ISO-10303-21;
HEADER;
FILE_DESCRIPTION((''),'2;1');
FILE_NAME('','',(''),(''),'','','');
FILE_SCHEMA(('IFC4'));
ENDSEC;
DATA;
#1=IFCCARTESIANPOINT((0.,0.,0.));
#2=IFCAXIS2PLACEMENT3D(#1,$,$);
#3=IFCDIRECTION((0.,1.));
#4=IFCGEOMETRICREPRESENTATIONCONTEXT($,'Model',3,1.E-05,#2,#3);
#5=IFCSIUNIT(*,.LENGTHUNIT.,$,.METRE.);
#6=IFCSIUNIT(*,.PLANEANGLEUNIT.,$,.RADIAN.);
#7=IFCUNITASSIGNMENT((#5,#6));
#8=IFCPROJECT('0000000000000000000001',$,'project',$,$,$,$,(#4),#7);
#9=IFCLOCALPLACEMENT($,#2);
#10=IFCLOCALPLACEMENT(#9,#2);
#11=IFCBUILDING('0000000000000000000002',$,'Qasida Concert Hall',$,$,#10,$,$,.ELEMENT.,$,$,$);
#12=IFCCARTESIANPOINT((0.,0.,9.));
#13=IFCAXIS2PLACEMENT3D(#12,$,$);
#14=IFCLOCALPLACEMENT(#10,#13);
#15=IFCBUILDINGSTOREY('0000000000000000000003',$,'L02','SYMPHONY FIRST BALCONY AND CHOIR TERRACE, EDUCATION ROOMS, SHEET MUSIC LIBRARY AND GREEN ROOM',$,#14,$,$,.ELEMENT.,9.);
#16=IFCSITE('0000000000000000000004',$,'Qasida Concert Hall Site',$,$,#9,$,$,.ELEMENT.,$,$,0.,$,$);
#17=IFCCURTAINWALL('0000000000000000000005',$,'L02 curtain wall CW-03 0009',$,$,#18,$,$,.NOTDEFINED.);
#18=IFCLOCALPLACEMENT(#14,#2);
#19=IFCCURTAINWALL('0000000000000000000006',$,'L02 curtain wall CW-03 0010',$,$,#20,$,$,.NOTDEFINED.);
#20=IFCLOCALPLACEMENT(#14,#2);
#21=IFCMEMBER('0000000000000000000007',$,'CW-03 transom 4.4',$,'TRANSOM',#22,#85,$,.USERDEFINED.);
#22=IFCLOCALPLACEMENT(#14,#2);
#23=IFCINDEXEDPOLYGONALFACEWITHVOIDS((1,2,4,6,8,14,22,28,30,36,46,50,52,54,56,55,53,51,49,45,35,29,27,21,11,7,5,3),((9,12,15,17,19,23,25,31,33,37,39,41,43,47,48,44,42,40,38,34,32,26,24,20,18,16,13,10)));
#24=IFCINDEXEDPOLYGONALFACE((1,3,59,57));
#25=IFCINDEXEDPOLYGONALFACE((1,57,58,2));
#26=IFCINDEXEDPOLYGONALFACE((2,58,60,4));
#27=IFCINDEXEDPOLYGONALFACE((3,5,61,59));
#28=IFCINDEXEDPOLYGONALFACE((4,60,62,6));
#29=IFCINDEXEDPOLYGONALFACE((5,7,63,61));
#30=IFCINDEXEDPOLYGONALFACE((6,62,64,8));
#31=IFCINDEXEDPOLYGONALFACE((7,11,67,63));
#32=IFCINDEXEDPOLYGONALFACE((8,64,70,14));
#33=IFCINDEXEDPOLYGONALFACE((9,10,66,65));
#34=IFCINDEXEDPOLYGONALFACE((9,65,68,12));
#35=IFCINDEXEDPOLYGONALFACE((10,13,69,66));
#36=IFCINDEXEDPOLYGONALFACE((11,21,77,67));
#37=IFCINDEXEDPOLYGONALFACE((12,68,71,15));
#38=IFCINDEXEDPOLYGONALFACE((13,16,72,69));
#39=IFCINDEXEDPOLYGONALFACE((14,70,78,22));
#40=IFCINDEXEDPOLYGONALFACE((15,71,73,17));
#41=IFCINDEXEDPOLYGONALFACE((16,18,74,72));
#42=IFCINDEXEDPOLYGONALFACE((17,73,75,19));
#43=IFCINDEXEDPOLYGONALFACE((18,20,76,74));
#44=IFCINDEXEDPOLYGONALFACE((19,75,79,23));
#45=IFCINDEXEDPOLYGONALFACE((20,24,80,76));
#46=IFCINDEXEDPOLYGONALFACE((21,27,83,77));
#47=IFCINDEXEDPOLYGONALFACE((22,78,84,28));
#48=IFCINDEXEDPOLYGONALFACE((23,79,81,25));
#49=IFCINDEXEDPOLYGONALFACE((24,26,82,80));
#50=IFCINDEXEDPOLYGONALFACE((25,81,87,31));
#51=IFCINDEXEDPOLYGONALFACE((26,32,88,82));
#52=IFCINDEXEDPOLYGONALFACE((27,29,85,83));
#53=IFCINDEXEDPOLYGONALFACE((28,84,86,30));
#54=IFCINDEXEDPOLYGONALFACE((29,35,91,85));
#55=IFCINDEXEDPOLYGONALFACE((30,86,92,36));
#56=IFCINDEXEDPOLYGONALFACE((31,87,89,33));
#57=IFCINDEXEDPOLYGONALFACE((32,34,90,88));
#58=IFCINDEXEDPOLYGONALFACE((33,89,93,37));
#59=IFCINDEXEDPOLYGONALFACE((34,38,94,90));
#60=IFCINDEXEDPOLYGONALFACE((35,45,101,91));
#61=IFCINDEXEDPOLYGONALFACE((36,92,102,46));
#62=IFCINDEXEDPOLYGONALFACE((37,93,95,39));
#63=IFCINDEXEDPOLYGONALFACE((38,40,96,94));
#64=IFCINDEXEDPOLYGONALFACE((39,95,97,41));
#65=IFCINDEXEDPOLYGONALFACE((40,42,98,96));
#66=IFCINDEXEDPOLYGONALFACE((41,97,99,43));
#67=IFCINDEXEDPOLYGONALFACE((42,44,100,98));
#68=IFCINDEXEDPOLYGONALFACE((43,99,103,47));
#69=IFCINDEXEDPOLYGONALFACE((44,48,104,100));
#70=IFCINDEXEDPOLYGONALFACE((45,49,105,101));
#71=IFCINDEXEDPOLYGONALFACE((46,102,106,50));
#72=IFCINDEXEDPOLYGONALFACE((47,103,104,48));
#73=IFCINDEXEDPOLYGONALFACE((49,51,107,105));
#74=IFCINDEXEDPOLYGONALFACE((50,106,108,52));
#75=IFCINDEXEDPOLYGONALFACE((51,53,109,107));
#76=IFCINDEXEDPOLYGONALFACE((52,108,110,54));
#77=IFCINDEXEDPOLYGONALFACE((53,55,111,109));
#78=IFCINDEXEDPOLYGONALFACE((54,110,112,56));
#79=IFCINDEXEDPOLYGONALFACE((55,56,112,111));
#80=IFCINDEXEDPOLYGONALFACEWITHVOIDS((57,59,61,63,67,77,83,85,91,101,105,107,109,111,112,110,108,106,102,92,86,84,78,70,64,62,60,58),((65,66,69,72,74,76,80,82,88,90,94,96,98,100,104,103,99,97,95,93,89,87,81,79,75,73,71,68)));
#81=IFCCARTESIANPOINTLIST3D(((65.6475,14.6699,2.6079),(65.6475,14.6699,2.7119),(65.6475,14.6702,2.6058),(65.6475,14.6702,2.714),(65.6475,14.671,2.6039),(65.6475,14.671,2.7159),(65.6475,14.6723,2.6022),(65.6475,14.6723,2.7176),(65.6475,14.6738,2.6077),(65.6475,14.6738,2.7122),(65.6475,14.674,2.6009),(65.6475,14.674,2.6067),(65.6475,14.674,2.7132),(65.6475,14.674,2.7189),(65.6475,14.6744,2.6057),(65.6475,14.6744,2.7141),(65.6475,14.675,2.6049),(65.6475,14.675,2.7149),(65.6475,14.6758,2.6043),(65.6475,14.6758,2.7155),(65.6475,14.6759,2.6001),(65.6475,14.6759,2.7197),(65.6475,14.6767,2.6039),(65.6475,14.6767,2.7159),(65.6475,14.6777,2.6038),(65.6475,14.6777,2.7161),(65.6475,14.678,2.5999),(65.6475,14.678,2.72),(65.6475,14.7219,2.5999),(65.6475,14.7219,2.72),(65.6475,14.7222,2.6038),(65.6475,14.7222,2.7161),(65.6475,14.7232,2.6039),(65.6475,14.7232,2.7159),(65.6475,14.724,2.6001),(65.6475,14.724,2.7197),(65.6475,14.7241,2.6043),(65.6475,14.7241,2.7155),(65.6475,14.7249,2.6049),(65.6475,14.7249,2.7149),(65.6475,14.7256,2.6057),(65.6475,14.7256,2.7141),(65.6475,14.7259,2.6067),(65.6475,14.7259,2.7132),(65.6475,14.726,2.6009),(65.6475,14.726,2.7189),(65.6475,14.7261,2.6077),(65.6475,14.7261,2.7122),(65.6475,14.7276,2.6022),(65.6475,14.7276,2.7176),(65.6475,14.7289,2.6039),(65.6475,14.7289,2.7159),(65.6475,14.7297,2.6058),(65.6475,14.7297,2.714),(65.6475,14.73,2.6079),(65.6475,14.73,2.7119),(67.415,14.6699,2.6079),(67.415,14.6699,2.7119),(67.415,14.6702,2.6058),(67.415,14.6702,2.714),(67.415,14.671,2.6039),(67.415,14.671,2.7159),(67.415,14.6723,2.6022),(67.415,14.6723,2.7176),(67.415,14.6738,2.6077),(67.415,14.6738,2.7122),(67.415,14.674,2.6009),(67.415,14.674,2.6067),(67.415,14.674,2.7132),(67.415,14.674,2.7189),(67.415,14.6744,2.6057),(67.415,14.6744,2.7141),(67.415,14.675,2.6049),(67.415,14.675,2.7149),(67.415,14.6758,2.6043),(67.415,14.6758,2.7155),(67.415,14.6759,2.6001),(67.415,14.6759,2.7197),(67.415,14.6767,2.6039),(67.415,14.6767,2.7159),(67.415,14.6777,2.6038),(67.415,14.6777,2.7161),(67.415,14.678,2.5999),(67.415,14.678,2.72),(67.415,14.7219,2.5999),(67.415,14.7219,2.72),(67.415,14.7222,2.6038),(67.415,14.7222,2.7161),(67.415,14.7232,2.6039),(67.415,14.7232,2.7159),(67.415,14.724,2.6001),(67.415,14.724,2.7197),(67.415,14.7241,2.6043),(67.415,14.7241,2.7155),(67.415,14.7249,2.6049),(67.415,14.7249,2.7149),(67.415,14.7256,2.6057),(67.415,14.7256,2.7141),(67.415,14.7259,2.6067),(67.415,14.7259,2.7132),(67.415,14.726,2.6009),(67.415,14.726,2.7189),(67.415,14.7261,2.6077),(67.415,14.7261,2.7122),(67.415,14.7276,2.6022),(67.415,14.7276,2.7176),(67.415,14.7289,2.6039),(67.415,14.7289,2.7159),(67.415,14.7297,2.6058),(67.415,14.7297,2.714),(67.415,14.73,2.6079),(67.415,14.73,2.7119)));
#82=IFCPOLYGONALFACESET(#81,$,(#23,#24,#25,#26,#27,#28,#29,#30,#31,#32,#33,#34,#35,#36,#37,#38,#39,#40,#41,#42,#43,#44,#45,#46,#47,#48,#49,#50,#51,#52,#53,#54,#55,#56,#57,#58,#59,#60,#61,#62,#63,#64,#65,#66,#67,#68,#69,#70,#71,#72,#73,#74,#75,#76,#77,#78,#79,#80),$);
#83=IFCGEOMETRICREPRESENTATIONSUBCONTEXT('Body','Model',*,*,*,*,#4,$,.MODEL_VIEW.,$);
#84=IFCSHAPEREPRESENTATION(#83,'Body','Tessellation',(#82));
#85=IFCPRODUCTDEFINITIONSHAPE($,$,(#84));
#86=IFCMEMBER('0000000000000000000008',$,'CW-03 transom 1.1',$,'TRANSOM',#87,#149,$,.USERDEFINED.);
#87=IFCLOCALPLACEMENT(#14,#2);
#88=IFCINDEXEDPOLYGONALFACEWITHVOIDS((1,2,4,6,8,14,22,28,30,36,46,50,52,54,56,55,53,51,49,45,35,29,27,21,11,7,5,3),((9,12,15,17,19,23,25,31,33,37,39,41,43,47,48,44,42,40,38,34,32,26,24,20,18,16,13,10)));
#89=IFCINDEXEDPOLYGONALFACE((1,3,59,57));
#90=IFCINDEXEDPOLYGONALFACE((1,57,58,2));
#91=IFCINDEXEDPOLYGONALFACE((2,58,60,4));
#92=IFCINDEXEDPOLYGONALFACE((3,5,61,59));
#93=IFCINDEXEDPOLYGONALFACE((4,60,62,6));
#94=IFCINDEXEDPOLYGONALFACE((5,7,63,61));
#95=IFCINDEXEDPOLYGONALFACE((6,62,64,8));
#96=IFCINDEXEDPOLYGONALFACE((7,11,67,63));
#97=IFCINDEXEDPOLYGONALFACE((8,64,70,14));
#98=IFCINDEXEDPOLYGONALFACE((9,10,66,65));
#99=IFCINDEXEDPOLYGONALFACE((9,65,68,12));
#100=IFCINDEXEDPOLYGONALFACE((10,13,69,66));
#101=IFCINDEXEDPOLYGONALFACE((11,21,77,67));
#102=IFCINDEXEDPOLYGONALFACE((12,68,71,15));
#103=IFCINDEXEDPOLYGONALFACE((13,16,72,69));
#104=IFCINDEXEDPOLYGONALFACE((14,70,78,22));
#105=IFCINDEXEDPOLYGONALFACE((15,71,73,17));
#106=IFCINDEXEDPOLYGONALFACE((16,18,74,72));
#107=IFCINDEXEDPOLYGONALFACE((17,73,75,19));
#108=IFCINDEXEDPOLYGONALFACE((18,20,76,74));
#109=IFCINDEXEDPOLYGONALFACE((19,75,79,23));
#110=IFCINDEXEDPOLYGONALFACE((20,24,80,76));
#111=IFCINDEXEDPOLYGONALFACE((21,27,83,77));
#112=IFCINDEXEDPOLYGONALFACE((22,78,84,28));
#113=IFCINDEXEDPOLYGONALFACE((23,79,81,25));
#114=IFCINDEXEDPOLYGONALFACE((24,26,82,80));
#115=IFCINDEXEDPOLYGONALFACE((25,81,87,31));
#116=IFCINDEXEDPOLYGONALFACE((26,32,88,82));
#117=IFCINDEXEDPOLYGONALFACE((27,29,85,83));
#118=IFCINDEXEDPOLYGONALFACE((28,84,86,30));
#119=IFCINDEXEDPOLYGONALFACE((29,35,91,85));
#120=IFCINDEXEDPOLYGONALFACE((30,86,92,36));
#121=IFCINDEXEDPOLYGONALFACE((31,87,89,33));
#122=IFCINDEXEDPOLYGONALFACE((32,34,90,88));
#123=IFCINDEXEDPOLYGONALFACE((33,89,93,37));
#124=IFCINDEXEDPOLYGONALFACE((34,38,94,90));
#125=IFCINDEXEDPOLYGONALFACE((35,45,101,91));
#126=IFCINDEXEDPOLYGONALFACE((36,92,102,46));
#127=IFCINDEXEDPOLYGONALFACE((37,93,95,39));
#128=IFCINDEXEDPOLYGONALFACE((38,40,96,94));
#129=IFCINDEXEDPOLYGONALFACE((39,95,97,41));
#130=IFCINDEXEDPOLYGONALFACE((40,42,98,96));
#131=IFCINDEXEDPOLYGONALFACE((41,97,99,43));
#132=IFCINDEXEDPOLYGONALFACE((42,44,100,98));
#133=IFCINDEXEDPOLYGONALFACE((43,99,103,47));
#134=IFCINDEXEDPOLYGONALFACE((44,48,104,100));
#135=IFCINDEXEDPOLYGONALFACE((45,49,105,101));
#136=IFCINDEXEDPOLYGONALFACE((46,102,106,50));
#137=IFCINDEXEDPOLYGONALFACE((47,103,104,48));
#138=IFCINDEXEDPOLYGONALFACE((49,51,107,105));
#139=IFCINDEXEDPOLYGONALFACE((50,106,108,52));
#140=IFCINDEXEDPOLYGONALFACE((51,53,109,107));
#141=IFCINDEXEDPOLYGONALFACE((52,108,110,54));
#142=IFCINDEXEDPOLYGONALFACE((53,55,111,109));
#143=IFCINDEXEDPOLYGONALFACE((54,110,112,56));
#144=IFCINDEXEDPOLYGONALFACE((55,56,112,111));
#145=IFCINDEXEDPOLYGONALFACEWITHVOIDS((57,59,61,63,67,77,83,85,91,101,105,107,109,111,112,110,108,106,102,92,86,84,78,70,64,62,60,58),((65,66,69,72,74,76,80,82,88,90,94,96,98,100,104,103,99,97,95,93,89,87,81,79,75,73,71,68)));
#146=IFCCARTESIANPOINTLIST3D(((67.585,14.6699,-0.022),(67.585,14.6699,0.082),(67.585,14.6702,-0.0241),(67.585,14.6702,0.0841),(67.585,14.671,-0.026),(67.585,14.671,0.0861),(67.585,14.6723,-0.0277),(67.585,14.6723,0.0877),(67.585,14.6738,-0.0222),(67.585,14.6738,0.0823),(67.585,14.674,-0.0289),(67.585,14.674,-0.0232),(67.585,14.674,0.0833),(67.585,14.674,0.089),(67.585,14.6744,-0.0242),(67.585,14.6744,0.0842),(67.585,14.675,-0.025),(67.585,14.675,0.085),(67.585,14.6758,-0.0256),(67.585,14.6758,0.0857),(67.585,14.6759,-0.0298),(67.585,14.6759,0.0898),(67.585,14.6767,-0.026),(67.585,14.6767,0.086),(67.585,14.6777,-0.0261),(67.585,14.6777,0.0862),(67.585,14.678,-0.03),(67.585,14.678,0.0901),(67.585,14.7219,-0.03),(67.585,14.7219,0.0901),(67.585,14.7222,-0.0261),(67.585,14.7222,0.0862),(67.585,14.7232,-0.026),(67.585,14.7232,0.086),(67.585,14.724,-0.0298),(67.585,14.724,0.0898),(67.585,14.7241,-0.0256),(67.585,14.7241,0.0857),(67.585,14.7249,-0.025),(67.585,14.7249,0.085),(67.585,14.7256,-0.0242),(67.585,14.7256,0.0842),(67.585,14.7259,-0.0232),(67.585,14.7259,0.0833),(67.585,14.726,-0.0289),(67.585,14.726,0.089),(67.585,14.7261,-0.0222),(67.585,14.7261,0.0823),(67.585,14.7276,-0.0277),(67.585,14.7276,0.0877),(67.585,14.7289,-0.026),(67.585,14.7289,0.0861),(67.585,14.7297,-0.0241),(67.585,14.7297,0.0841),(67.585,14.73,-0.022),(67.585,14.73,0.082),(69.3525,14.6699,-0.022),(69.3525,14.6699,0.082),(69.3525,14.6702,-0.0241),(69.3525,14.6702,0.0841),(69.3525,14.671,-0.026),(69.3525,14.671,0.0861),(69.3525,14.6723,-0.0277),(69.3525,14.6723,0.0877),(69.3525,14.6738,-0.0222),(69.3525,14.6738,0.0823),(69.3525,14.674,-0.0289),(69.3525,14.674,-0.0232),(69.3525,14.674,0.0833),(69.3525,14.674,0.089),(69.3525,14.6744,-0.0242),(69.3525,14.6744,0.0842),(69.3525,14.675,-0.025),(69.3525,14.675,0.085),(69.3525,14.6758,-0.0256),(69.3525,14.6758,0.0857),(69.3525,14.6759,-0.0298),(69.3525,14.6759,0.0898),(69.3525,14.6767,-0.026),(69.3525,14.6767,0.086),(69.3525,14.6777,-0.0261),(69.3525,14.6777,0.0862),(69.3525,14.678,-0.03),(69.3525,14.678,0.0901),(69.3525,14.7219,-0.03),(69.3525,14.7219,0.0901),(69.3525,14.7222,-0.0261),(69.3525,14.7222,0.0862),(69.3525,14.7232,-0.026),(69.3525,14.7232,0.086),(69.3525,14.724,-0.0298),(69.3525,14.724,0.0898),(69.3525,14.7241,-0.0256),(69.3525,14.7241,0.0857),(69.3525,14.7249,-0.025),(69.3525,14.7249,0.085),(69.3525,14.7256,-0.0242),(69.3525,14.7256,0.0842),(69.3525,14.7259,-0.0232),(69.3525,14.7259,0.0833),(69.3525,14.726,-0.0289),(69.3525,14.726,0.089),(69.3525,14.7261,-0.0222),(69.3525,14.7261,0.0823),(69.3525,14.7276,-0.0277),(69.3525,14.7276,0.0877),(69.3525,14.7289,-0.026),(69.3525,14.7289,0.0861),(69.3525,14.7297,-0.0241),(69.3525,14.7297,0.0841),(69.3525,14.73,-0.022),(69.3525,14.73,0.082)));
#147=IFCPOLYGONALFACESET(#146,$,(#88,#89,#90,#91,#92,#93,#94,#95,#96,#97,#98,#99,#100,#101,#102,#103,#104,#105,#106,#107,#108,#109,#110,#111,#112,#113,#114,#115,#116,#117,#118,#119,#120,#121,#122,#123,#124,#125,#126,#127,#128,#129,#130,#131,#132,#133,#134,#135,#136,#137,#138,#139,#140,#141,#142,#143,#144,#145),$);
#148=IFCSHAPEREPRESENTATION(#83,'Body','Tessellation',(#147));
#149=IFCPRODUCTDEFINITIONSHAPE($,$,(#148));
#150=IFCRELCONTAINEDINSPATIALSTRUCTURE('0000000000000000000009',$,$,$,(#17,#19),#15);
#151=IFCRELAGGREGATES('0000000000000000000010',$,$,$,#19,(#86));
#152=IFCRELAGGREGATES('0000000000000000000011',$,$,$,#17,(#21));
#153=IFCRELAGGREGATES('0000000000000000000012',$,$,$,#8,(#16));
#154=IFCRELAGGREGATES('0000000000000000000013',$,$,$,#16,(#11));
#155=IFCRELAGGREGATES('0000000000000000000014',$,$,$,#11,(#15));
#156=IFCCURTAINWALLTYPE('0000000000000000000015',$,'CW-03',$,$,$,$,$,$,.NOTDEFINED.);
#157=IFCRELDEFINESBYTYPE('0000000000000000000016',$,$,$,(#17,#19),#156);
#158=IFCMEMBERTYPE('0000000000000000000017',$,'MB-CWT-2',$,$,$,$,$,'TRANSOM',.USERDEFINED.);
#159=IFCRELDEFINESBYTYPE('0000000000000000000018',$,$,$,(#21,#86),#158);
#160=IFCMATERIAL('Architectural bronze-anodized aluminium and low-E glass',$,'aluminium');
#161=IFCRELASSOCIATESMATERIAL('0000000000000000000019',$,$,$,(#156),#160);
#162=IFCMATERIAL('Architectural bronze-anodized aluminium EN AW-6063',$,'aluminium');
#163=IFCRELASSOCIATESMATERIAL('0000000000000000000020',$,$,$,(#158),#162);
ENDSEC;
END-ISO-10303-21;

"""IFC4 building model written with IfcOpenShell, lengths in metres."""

from ifc_helpers import new_model, si_unit, direction, frame, origin, origin_2d, place, context, subcontext, project, spatial, hollow_rectangle, extrude, material, material_profile, profile_set, type_object, element, aggregate, save


model = new_model("IFC4")

# Units and contexts
model_context = context("Model", 3, precision=1e-05, world=origin(), true_north=direction((0.0, 1.0)))
body_context = subcontext(model_context, "Body", "Model", "MODEL_VIEW")
ifc_project = project(units=[si_unit("LENGTHUNIT", "METRE"), si_unit("PLANEANGLEUNIT", "RADIAN")], contexts=[model_context])

# Site, building, storey
site_placement = place(None, origin())
site = spatial("IfcSite", under=ifc_project, at=site_placement, Name="Qasida Concert Hall Site", CompositionType="ELEMENT", RefElevation=0.0)
building_placement = place(site_placement, origin())
building = spatial("IfcBuilding", under=site, at=building_placement, Name="Qasida Concert Hall", CompositionType="ELEMENT")
storey_placement = place(building_placement, frame((0.0, 0.0, 9.0)))
storey = spatial("IfcBuildingStorey", under=building, at=storey_placement, Name="L02", Description="SYMPHONY FIRST BALCONY AND CHOIR TERRACE, EDUCATION ROOMS, SHEET MUSIC LIBRARY AND GREEN ROOM", CompositionType="ELEMENT", Elevation=9.0)

# Curtain wall
ifc_material_1 = material(Name="Architectural bronze-anodized aluminium and low-E glass", Category="aluminium")
curtain_wall_type = type_object("IfcCurtainWallType", Name="CW-03", PredefinedType="NOTDEFINED", material=ifc_material_1)
curtain_wall_1_placement = place(storey_placement, origin())
curtain_wall_1 = element("IfcCurtainWall", 1, at=curtain_wall_1_placement, inside=storey, type_object=curtain_wall_type, Name="L02 curtain wall CW-03 0009", PredefinedType="NOTDEFINED")
ifc_material_2 = material(Name="Architectural bronze-anodized aluminium EN AW-6063", Category="aluminium")

# Curtain wall
curtain_wall_2_placement = place(storey_placement, origin())
curtain_wall_2 = element("IfcCurtainWall", 2, at=curtain_wall_2_placement, inside=storey, type_object=curtain_wall_type, Name="L02 curtain wall CW-03 0010", PredefinedType="NOTDEFINED")

# Members
ifc_material_profile_1 = material_profile(ifc_material_2, hollow_rectangle(XDim=0.0601, YDim=0.1201, WallThickness=0.0039, InnerFilletRadius=0.0039, OuterFilletRadius=0.0081, at=origin_2d()), Name="CWT 120x60x4")
ifc_profile_set_1 = profile_set([ifc_material_profile_1], Name="Architectural bronze-anodized aluminium EN AW-6063")
member_type_1 = type_object("IfcMemberType", Name="MB-CWT-2", ElementType="TRANSOM", PredefinedType="USERDEFINED", material=ifc_profile_set_1)
member_1_placement = place(storey_placement, frame((65.6475, 14.7, 2.6599), z_axis=(1.0, 0.0, 0.0), x_axis=(0.0, 1.0, 0.0)))
member_1 = element("IfcMember", 3, at=member_1_placement, type_object=member_type_1, Name="CW-03 transom 4.4", ObjectType="TRANSOM", PredefinedType="USERDEFINED", context=body_context, shape_type="SweptSolid", body=[
    extrude(hollow_rectangle(XDim=0.0601, YDim=0.1201, WallThickness=0.0039, InnerFilletRadius=0.0039, OuterFilletRadius=0.0081, at=origin_2d()), origin(), (0.0, 0.0, 1.0), 1.7676),
])
member_2_placement = place(storey_placement, frame((67.585, 14.7, 0.03), z_axis=(1.0, 0.0, 0.0), x_axis=(0.0, 1.0, 0.0)))
member_2 = element("IfcMember", 4, at=member_2_placement, type_object=member_type_1, Name="CW-03 transom 1.1", ObjectType="TRANSOM", PredefinedType="USERDEFINED", context=body_context, shape_type="SweptSolid", body=[
    extrude(hollow_rectangle(XDim=0.0601, YDim=0.1201, WallThickness=0.0039, InnerFilletRadius=0.0039, OuterFilletRadius=0.0081, at=origin_2d()), origin(), (0.0, 0.0, 1.0), 1.7676),
])
aggregate(curtain_wall_2, [member_2])

aggregate(curtain_wall_1, [member_1])

save(model, "model.ifc")
